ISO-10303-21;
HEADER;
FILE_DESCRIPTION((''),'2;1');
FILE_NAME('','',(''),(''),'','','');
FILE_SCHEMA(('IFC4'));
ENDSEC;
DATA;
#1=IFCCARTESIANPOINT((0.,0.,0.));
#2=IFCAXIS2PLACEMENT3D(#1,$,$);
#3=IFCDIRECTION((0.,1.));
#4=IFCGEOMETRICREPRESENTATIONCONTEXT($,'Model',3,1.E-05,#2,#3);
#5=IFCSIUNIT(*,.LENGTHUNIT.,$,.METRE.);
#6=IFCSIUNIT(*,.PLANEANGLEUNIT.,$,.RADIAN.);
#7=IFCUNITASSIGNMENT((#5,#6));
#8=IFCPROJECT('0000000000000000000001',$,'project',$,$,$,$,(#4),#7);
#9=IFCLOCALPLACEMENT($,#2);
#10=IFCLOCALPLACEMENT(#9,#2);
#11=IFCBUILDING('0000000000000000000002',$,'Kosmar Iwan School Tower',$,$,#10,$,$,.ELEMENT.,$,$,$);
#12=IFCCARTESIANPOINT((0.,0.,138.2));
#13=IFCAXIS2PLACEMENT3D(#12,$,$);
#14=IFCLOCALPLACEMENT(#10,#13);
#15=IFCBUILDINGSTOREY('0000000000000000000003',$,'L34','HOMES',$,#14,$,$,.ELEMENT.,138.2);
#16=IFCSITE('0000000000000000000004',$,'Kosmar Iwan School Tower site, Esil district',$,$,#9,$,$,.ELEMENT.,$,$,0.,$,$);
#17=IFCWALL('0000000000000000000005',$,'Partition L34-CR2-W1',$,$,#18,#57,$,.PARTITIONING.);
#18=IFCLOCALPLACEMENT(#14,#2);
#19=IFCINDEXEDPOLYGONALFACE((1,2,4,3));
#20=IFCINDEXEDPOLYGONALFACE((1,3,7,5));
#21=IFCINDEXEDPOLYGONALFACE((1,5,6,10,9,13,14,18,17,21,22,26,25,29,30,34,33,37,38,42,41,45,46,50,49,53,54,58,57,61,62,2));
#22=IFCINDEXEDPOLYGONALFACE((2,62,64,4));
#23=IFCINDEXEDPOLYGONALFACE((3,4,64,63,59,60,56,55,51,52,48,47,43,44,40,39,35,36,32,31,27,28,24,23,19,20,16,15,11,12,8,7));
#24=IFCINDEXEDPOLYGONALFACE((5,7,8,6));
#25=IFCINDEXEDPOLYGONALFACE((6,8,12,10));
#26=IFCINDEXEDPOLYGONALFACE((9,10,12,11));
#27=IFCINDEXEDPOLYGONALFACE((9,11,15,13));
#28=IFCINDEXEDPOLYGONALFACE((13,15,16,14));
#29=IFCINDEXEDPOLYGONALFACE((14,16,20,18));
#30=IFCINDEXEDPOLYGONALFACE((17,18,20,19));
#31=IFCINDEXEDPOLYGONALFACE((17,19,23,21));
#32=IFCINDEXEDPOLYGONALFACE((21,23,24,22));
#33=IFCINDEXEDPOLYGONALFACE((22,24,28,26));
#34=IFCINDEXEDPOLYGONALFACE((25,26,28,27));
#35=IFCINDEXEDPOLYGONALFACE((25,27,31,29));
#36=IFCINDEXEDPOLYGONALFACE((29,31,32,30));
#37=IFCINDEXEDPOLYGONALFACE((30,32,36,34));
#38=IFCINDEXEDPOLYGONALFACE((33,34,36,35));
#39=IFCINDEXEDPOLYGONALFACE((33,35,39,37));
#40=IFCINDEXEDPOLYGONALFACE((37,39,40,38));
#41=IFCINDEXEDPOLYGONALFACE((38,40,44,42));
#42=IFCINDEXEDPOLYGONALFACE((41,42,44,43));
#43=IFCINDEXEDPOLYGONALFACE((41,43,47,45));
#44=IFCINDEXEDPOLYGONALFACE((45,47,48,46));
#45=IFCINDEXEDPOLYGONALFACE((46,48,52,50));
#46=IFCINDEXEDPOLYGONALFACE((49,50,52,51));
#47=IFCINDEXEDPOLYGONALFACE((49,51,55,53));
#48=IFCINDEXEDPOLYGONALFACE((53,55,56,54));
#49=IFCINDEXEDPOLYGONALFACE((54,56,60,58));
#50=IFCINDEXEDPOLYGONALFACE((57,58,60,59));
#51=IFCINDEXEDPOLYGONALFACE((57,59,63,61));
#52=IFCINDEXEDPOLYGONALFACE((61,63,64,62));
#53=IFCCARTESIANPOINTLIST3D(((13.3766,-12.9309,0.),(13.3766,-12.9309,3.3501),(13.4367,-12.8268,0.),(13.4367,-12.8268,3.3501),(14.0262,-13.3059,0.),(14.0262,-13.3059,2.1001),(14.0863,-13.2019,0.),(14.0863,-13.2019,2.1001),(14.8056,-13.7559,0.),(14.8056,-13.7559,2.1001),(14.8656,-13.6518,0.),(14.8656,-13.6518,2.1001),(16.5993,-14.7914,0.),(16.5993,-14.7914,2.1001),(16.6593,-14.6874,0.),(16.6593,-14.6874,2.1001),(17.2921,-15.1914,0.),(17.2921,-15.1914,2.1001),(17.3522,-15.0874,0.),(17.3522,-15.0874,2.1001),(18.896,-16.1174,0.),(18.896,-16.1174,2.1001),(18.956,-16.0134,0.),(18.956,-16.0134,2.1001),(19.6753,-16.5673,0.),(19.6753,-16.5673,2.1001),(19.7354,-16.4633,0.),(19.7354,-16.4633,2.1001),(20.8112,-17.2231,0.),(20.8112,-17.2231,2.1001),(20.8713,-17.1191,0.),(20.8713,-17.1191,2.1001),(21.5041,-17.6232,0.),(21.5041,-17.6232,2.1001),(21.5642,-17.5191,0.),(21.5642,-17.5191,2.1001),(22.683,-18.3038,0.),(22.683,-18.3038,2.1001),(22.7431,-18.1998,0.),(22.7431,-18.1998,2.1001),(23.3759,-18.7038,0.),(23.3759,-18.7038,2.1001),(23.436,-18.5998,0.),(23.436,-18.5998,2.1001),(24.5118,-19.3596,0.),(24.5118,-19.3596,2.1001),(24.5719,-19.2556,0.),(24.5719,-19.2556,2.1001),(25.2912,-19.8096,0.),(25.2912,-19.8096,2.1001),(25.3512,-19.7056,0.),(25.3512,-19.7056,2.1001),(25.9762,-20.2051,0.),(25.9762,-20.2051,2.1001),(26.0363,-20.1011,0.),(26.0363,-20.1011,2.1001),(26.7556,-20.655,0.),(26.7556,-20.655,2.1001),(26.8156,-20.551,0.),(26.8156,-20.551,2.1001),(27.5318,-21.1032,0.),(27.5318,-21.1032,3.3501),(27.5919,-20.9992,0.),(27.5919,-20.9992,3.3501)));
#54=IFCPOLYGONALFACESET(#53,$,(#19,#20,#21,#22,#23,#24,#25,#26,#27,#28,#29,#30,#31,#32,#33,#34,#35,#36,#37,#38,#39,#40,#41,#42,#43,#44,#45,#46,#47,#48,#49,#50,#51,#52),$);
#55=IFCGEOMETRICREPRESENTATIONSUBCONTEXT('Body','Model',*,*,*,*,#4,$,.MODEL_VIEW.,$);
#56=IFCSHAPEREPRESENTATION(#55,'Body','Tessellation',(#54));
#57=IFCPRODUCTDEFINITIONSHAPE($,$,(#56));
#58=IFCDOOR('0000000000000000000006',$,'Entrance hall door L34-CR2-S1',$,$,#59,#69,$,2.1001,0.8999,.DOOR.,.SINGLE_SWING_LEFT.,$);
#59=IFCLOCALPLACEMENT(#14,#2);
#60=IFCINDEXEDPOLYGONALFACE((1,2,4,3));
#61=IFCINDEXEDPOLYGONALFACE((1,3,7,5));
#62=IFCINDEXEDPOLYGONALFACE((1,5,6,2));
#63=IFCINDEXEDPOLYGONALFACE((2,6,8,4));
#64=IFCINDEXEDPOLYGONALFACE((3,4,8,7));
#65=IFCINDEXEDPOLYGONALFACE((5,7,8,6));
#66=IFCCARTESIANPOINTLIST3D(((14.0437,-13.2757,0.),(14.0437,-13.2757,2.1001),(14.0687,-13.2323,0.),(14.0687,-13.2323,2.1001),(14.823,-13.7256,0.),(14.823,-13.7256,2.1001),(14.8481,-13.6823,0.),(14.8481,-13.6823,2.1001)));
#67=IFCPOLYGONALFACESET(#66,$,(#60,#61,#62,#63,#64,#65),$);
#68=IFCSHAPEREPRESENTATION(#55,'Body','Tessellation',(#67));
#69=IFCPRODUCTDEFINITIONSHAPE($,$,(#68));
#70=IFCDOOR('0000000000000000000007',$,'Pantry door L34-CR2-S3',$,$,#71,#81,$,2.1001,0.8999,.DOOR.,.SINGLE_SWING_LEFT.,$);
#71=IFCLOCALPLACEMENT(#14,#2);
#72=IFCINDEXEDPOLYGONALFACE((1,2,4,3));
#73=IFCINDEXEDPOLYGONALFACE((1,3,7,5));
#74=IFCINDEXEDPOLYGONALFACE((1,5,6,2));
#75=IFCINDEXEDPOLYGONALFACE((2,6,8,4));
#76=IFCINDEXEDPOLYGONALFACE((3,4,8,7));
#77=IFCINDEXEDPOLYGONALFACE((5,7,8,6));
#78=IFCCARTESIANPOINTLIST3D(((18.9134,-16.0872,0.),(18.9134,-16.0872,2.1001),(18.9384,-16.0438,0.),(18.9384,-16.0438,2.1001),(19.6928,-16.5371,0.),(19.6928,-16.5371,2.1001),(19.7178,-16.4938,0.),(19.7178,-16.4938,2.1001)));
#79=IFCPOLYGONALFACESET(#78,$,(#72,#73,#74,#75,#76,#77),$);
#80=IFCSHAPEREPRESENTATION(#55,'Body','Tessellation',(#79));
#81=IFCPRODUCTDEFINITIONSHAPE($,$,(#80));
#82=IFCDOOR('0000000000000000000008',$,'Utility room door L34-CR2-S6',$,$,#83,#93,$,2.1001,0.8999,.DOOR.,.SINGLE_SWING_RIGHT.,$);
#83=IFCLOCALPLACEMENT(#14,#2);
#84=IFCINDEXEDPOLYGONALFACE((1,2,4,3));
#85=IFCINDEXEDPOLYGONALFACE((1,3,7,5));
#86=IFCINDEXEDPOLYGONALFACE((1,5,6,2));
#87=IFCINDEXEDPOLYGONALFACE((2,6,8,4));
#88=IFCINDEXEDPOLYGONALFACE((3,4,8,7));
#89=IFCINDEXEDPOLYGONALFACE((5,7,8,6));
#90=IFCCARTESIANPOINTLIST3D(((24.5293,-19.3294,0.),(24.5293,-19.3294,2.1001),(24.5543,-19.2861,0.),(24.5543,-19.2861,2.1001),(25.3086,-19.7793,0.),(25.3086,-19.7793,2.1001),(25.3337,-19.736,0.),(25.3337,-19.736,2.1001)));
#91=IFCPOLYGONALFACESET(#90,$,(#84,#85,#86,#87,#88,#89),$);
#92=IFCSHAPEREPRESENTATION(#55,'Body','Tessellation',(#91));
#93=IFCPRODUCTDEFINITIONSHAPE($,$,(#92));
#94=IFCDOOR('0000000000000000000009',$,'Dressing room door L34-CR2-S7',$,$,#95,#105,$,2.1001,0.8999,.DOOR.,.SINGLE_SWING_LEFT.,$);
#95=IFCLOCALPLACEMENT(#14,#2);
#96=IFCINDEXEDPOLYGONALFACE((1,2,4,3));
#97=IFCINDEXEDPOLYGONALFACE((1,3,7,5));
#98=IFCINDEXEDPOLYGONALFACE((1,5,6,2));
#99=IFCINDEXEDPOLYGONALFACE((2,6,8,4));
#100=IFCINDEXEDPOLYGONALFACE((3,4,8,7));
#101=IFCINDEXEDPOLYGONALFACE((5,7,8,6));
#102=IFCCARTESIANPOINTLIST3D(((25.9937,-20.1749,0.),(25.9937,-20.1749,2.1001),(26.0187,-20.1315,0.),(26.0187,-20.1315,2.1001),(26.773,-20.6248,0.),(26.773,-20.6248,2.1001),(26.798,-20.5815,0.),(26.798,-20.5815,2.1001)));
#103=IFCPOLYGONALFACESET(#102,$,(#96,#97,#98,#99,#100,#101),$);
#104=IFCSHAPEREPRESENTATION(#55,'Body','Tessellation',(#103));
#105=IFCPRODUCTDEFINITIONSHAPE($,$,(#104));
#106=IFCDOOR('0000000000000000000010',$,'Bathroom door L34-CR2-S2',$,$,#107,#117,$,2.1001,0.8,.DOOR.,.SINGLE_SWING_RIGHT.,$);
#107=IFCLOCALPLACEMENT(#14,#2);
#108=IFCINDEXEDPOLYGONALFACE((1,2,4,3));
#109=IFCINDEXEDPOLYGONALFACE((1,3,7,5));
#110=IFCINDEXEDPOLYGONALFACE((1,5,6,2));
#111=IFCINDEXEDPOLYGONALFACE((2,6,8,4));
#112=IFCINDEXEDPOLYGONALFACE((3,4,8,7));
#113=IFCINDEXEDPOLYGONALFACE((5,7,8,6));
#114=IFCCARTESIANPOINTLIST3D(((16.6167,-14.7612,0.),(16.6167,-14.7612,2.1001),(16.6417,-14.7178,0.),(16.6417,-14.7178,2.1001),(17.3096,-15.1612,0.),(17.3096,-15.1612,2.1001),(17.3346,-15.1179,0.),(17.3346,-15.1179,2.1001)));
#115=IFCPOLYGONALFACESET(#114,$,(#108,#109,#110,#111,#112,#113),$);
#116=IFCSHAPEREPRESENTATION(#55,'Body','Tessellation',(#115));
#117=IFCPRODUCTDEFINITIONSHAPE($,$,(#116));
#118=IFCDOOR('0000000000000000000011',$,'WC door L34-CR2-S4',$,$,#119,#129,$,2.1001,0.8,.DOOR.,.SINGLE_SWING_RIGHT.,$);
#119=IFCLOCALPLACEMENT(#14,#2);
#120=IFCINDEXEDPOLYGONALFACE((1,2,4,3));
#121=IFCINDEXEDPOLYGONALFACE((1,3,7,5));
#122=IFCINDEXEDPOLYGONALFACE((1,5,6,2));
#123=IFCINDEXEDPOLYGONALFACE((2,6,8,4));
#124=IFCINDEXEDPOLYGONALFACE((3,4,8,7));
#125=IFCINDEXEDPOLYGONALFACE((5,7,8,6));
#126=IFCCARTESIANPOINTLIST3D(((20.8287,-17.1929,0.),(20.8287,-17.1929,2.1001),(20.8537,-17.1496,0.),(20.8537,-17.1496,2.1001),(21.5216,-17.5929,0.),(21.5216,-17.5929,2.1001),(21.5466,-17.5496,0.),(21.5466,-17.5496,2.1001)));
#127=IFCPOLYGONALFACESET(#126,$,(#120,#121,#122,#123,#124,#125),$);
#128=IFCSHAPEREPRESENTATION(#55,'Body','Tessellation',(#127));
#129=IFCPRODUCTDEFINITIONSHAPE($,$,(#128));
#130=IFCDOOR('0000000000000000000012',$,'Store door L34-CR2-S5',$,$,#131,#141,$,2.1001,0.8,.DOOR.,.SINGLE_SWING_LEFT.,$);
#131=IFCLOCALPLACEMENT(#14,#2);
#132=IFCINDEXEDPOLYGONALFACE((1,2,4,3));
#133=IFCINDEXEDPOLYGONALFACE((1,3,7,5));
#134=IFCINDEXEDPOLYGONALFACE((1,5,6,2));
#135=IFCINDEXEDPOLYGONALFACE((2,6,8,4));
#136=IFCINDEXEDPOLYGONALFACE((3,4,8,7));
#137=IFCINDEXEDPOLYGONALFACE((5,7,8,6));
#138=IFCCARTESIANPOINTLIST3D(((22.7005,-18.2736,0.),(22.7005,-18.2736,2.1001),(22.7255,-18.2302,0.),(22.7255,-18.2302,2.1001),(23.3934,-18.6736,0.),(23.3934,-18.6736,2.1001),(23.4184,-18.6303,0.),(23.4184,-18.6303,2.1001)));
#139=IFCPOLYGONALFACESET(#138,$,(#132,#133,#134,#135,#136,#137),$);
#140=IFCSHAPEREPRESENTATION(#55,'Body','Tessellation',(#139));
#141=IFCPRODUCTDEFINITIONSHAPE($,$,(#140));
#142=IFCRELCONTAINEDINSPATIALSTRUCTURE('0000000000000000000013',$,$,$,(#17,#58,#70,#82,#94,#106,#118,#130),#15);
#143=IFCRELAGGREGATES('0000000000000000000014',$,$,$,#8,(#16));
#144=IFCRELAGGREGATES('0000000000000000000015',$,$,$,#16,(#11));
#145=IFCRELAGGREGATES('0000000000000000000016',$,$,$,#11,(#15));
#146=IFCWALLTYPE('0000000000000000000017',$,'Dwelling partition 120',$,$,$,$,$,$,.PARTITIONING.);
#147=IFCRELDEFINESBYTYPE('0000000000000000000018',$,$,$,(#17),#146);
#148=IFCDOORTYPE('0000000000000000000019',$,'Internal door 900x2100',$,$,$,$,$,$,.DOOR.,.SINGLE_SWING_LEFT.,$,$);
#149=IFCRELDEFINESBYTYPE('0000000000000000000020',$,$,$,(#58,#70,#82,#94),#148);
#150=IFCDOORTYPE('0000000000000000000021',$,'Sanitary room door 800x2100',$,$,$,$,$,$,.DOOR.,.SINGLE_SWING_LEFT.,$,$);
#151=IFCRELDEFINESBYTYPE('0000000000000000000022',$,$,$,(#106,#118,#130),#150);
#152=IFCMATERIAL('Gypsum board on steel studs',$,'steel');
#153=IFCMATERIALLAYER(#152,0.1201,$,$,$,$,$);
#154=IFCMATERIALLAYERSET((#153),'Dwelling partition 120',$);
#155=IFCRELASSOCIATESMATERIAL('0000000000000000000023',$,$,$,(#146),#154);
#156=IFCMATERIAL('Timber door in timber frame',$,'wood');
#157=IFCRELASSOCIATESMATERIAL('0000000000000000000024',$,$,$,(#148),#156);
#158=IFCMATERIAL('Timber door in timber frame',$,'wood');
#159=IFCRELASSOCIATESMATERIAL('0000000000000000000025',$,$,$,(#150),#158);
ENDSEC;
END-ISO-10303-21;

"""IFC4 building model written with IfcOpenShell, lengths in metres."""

from ifc_helpers import new_model, si_unit, direction, frame, frame_2d, origin, place, context, subcontext, project, spatial, rectangle, extrude, material, layer, layer_set, type_object, element, fill, save


model = new_model("IFC4")

# Units and contexts
model_context = context("Model", 3, precision=1e-05, world=origin(), true_north=direction((0.0, 1.0)))
body_context = subcontext(model_context, "Body", "Model", "MODEL_VIEW")
ifc_project = project(units=[si_unit("LENGTHUNIT", "METRE"), si_unit("PLANEANGLEUNIT", "RADIAN")], contexts=[model_context])

# Site, building, storey
site_placement = place(None, origin())
site = spatial("IfcSite", under=ifc_project, at=site_placement, Name="Kosmar Iwan School Tower site, Esil district", CompositionType="ELEMENT", RefElevation=0.0)
building_placement = place(site_placement, origin())
building = spatial("IfcBuilding", under=site, at=building_placement, Name="Kosmar Iwan School Tower", CompositionType="ELEMENT")
storey_placement = place(building_placement, frame((0.0, 0.0, 138.2)))
storey = spatial("IfcBuildingStorey", under=building, at=storey_placement, Name="L34", Description="HOMES", CompositionType="ELEMENT", Elevation=138.2)

# Shared definitions
ifc_material_1 = material(Name="Gypsum board on steel studs", Category="steel")
ifc_layer_1 = layer(ifc_material_1, 0.1201)
ifc_layer_set_1 = layer_set([ifc_layer_1], Name="Dwelling partition 120")
wall_type_1 = type_object("IfcWallType", Name="Dwelling partition 120", PredefinedType="PARTITIONING", material=ifc_layer_set_1)

# Wall, openings, doors
wall_1_placement = place(storey_placement, frame((13.4067, -12.8789, 0.0), z_axis=(0.0, 0.0, 1.0), x_axis=(0.86603, -0.499991, 0.0)))
wall_1 = element("IfcWall", 1, at=wall_1_placement, inside=storey, type_object=wall_type_1, Name="Partition L34-CR2-W1", PredefinedType="PARTITIONING", context=body_context, shape_type="SweptSolid", body=[
    extrude(rectangle(XDim=16.345, YDim=0.1201, at=frame_2d((8.1724, 0.0))), origin(), (0.0, 0.0, 1.0), 3.3501),
])
opening_1_placement = place(wall_1_placement, frame((0.75, 0.0, 0.0)))
opening_1 = element("IfcOpeningElement", 2, at=opening_1_placement, cuts=wall_1, PredefinedType="OPENING", context=body_context, shape_type="SweptSolid", body=[
    extrude(rectangle(XDim=0.8999, YDim=2.1001, at=frame_2d((0.45, 1.05))), frame((0.0, 0.072, 0.0), z_axis=(0.0, -1.0, 0.0), x_axis=(1.0, 0.0, 0.0)), (0.0, 0.0, 1.0), 0.144),
])
opening_2_placement = place(wall_1_placement, frame((3.7212, 0.0, 0.0)))
opening_2 = element("IfcOpeningElement", 3, at=opening_2_placement, cuts=wall_1, PredefinedType="OPENING", context=body_context, shape_type="SweptSolid", body=[
    extrude(rectangle(XDim=0.8, YDim=2.1001, at=frame_2d((0.3999, 1.05))), frame((0.0, 0.072, 0.0), z_axis=(0.0, -1.0, 0.0), x_axis=(1.0, 0.0, 0.0)), (0.0, 0.0, 1.0), 0.144),
])
opening_3_placement = place(wall_1_placement, frame((6.373, 0.0, 0.0)))
opening_3 = element("IfcOpeningElement", 4, at=opening_3_placement, cuts=wall_1, PredefinedType="OPENING", context=body_context, shape_type="SweptSolid", body=[
    extrude(rectangle(XDim=0.8999, YDim=2.1001, at=frame_2d((0.45, 1.05))), frame((0.0, 0.072, 0.0), z_axis=(0.0, -1.0, 0.0), x_axis=(1.0, 0.0, 0.0)), (0.0, 0.0, 1.0), 0.144),
])
opening_4_placement = place(wall_1_placement, frame((8.5847, 0.0, 0.0)))
opening_4 = element("IfcOpeningElement", 5, at=opening_4_placement, cuts=wall_1, PredefinedType="OPENING", context=body_context, shape_type="SweptSolid", body=[
    extrude(rectangle(XDim=0.8, YDim=2.1001, at=frame_2d((0.3999, 1.05))), frame((0.0, 0.072, 0.0), z_axis=(0.0, -1.0, 0.0), x_axis=(1.0, 0.0, 0.0)), (0.0, 0.0, 1.0), 0.144),
])
opening_5_placement = place(wall_1_placement, frame((10.7461, 0.0, 0.0)))
opening_5 = element("IfcOpeningElement", 6, at=opening_5_placement, cuts=wall_1, PredefinedType="OPENING", context=body_context, shape_type="SweptSolid", body=[
    extrude(rectangle(XDim=0.8, YDim=2.1001, at=frame_2d((0.3999, 1.05))), frame((0.0, 0.072, 0.0), z_axis=(0.0, -1.0, 0.0), x_axis=(1.0, 0.0, 0.0)), (0.0, 0.0, 1.0), 0.144),
])
opening_6_placement = place(wall_1_placement, frame((12.8577, 0.0, 0.0)))
opening_6 = element("IfcOpeningElement", 7, at=opening_6_placement, cuts=wall_1, PredefinedType="OPENING", context=body_context, shape_type="SweptSolid", body=[
    extrude(rectangle(XDim=0.8999, YDim=2.1001, at=frame_2d((0.45, 1.05))), frame((0.0, 0.072, 0.0), z_axis=(0.0, -1.0, 0.0), x_axis=(1.0, 0.0, 0.0)), (0.0, 0.0, 1.0), 0.144),
])
opening_7_placement = place(wall_1_placement, frame((14.5486, 0.0, 0.0)))
opening_7 = element("IfcOpeningElement", 8, at=opening_7_placement, cuts=wall_1, PredefinedType="OPENING", context=body_context, shape_type="SweptSolid", body=[
    extrude(rectangle(XDim=0.8999, YDim=2.1001, at=frame_2d((0.45, 1.05))), frame((0.0, 0.072, 0.0), z_axis=(0.0, -1.0, 0.0), x_axis=(1.0, 0.0, 0.0)), (0.0, 0.0, 1.0), 0.144),
])
ifc_material_2 = material(Name="Timber door in timber frame", Category="wood")
door_type_1 = type_object("IfcDoorType", Name="Internal door 900x2100", OperationType="SINGLE_SWING_LEFT", PredefinedType="DOOR", material=ifc_material_2)
door_1_placement = place(opening_1_placement, origin())
door_1 = element("IfcDoor", 9, at=door_1_placement, inside=storey, type_object=door_type_1, Name="Entrance hall door L34-CR2-S1", OperationType="SINGLE_SWING_LEFT", OverallHeight=2.1001, OverallWidth=0.8999, PredefinedType="DOOR", context=body_context, shape_type="SweptSolid", body=[
    extrude(rectangle(XDim=0.8999, YDim=2.1001, at=frame_2d((0.45, 1.05))), frame((0.0, 0.0249, 0.0), z_axis=(0.0, -1.0, 0.0), x_axis=(1.0, 0.0, 0.0)), (0.0, 0.0, 1.0), 0.05),
])
fill(opening_1, door_1)
door_2_placement = place(opening_3_placement, origin())
door_2 = element("IfcDoor", 10, at=door_2_placement, inside=storey, type_object=door_type_1, Name="Pantry door L34-CR2-S3", OperationType="SINGLE_SWING_LEFT", OverallHeight=2.1001, OverallWidth=0.8999, PredefinedType="DOOR", context=body_context, shape_type="SweptSolid", body=[
    extrude(rectangle(XDim=0.8999, YDim=2.1001, at=frame_2d((0.45, 1.05))), frame((0.0, 0.0249, 0.0), z_axis=(0.0, -1.0, 0.0), x_axis=(1.0, 0.0, 0.0)), (0.0, 0.0, 1.0), 0.05),
])
fill(opening_3, door_2)
door_3_placement = place(opening_6_placement, origin())
door_3 = element("IfcDoor", 11, at=door_3_placement, inside=storey, type_object=door_type_1, Name="Utility room door L34-CR2-S6", OperationType="SINGLE_SWING_RIGHT", OverallHeight=2.1001, OverallWidth=0.8999, PredefinedType="DOOR", context=body_context, shape_type="SweptSolid", body=[
    extrude(rectangle(XDim=0.8999, YDim=2.1001, at=frame_2d((0.45, 1.05))), frame((0.0, 0.0249, 0.0), z_axis=(0.0, -1.0, 0.0), x_axis=(1.0, 0.0, 0.0)), (0.0, 0.0, 1.0), 0.05),
])
fill(opening_6, door_3)
door_4_placement = place(opening_7_placement, origin())
door_4 = element("IfcDoor", 12, at=door_4_placement, inside=storey, type_object=door_type_1, Name="Dressing room door L34-CR2-S7", OperationType="SINGLE_SWING_LEFT", OverallHeight=2.1001, OverallWidth=0.8999, PredefinedType="DOOR", context=body_context, shape_type="SweptSolid", body=[
    extrude(rectangle(XDim=0.8999, YDim=2.1001, at=frame_2d((0.45, 1.05))), frame((0.0, 0.0249, 0.0), z_axis=(0.0, -1.0, 0.0), x_axis=(1.0, 0.0, 0.0)), (0.0, 0.0, 1.0), 0.05),
])
fill(opening_7, door_4)
ifc_material_3 = material(Name="Timber door in timber frame", Category="wood")
door_type_2 = type_object("IfcDoorType", Name="Sanitary room door 800x2100", OperationType="SINGLE_SWING_LEFT", PredefinedType="DOOR", material=ifc_material_3)
door_5_placement = place(opening_2_placement, origin())
door_5 = element("IfcDoor", 13, at=door_5_placement, inside=storey, type_object=door_type_2, Name="Bathroom door L34-CR2-S2", OperationType="SINGLE_SWING_RIGHT", OverallHeight=2.1001, OverallWidth=0.8, PredefinedType="DOOR", context=body_context, shape_type="SweptSolid", body=[
    extrude(rectangle(XDim=0.8, YDim=2.1001, at=frame_2d((0.3999, 1.05))), frame((0.0, 0.0249, 0.0), z_axis=(0.0, -1.0, 0.0), x_axis=(1.0, 0.0, 0.0)), (0.0, 0.0, 1.0), 0.05),
])
fill(opening_2, door_5)
door_6_placement = place(opening_4_placement, origin())
door_6 = element("IfcDoor", 14, at=door_6_placement, inside=storey, type_object=door_type_2, Name="WC door L34-CR2-S4", OperationType="SINGLE_SWING_RIGHT", OverallHeight=2.1001, OverallWidth=0.8, PredefinedType="DOOR", context=body_context, shape_type="SweptSolid", body=[
    extrude(rectangle(XDim=0.8, YDim=2.1001, at=frame_2d((0.3999, 1.05))), frame((0.0, 0.0249, 0.0), z_axis=(0.0, -1.0, 0.0), x_axis=(1.0, 0.0, 0.0)), (0.0, 0.0, 1.0), 0.05),
])
fill(opening_4, door_6)
door_7_placement = place(opening_5_placement, origin())
door_7 = element("IfcDoor", 15, at=door_7_placement, inside=storey, type_object=door_type_2, Name="Store door L34-CR2-S5", OperationType="SINGLE_SWING_LEFT", OverallHeight=2.1001, OverallWidth=0.8, PredefinedType="DOOR", context=body_context, shape_type="SweptSolid", body=[
    extrude(rectangle(XDim=0.8, YDim=2.1001, at=frame_2d((0.3999, 1.05))), frame((0.0, 0.0249, 0.0), z_axis=(0.0, -1.0, 0.0), x_axis=(1.0, 0.0, 0.0)), (0.0, 0.0, 1.0), 0.05),
])
fill(opening_5, door_7)

save(model, "model.ifc")
